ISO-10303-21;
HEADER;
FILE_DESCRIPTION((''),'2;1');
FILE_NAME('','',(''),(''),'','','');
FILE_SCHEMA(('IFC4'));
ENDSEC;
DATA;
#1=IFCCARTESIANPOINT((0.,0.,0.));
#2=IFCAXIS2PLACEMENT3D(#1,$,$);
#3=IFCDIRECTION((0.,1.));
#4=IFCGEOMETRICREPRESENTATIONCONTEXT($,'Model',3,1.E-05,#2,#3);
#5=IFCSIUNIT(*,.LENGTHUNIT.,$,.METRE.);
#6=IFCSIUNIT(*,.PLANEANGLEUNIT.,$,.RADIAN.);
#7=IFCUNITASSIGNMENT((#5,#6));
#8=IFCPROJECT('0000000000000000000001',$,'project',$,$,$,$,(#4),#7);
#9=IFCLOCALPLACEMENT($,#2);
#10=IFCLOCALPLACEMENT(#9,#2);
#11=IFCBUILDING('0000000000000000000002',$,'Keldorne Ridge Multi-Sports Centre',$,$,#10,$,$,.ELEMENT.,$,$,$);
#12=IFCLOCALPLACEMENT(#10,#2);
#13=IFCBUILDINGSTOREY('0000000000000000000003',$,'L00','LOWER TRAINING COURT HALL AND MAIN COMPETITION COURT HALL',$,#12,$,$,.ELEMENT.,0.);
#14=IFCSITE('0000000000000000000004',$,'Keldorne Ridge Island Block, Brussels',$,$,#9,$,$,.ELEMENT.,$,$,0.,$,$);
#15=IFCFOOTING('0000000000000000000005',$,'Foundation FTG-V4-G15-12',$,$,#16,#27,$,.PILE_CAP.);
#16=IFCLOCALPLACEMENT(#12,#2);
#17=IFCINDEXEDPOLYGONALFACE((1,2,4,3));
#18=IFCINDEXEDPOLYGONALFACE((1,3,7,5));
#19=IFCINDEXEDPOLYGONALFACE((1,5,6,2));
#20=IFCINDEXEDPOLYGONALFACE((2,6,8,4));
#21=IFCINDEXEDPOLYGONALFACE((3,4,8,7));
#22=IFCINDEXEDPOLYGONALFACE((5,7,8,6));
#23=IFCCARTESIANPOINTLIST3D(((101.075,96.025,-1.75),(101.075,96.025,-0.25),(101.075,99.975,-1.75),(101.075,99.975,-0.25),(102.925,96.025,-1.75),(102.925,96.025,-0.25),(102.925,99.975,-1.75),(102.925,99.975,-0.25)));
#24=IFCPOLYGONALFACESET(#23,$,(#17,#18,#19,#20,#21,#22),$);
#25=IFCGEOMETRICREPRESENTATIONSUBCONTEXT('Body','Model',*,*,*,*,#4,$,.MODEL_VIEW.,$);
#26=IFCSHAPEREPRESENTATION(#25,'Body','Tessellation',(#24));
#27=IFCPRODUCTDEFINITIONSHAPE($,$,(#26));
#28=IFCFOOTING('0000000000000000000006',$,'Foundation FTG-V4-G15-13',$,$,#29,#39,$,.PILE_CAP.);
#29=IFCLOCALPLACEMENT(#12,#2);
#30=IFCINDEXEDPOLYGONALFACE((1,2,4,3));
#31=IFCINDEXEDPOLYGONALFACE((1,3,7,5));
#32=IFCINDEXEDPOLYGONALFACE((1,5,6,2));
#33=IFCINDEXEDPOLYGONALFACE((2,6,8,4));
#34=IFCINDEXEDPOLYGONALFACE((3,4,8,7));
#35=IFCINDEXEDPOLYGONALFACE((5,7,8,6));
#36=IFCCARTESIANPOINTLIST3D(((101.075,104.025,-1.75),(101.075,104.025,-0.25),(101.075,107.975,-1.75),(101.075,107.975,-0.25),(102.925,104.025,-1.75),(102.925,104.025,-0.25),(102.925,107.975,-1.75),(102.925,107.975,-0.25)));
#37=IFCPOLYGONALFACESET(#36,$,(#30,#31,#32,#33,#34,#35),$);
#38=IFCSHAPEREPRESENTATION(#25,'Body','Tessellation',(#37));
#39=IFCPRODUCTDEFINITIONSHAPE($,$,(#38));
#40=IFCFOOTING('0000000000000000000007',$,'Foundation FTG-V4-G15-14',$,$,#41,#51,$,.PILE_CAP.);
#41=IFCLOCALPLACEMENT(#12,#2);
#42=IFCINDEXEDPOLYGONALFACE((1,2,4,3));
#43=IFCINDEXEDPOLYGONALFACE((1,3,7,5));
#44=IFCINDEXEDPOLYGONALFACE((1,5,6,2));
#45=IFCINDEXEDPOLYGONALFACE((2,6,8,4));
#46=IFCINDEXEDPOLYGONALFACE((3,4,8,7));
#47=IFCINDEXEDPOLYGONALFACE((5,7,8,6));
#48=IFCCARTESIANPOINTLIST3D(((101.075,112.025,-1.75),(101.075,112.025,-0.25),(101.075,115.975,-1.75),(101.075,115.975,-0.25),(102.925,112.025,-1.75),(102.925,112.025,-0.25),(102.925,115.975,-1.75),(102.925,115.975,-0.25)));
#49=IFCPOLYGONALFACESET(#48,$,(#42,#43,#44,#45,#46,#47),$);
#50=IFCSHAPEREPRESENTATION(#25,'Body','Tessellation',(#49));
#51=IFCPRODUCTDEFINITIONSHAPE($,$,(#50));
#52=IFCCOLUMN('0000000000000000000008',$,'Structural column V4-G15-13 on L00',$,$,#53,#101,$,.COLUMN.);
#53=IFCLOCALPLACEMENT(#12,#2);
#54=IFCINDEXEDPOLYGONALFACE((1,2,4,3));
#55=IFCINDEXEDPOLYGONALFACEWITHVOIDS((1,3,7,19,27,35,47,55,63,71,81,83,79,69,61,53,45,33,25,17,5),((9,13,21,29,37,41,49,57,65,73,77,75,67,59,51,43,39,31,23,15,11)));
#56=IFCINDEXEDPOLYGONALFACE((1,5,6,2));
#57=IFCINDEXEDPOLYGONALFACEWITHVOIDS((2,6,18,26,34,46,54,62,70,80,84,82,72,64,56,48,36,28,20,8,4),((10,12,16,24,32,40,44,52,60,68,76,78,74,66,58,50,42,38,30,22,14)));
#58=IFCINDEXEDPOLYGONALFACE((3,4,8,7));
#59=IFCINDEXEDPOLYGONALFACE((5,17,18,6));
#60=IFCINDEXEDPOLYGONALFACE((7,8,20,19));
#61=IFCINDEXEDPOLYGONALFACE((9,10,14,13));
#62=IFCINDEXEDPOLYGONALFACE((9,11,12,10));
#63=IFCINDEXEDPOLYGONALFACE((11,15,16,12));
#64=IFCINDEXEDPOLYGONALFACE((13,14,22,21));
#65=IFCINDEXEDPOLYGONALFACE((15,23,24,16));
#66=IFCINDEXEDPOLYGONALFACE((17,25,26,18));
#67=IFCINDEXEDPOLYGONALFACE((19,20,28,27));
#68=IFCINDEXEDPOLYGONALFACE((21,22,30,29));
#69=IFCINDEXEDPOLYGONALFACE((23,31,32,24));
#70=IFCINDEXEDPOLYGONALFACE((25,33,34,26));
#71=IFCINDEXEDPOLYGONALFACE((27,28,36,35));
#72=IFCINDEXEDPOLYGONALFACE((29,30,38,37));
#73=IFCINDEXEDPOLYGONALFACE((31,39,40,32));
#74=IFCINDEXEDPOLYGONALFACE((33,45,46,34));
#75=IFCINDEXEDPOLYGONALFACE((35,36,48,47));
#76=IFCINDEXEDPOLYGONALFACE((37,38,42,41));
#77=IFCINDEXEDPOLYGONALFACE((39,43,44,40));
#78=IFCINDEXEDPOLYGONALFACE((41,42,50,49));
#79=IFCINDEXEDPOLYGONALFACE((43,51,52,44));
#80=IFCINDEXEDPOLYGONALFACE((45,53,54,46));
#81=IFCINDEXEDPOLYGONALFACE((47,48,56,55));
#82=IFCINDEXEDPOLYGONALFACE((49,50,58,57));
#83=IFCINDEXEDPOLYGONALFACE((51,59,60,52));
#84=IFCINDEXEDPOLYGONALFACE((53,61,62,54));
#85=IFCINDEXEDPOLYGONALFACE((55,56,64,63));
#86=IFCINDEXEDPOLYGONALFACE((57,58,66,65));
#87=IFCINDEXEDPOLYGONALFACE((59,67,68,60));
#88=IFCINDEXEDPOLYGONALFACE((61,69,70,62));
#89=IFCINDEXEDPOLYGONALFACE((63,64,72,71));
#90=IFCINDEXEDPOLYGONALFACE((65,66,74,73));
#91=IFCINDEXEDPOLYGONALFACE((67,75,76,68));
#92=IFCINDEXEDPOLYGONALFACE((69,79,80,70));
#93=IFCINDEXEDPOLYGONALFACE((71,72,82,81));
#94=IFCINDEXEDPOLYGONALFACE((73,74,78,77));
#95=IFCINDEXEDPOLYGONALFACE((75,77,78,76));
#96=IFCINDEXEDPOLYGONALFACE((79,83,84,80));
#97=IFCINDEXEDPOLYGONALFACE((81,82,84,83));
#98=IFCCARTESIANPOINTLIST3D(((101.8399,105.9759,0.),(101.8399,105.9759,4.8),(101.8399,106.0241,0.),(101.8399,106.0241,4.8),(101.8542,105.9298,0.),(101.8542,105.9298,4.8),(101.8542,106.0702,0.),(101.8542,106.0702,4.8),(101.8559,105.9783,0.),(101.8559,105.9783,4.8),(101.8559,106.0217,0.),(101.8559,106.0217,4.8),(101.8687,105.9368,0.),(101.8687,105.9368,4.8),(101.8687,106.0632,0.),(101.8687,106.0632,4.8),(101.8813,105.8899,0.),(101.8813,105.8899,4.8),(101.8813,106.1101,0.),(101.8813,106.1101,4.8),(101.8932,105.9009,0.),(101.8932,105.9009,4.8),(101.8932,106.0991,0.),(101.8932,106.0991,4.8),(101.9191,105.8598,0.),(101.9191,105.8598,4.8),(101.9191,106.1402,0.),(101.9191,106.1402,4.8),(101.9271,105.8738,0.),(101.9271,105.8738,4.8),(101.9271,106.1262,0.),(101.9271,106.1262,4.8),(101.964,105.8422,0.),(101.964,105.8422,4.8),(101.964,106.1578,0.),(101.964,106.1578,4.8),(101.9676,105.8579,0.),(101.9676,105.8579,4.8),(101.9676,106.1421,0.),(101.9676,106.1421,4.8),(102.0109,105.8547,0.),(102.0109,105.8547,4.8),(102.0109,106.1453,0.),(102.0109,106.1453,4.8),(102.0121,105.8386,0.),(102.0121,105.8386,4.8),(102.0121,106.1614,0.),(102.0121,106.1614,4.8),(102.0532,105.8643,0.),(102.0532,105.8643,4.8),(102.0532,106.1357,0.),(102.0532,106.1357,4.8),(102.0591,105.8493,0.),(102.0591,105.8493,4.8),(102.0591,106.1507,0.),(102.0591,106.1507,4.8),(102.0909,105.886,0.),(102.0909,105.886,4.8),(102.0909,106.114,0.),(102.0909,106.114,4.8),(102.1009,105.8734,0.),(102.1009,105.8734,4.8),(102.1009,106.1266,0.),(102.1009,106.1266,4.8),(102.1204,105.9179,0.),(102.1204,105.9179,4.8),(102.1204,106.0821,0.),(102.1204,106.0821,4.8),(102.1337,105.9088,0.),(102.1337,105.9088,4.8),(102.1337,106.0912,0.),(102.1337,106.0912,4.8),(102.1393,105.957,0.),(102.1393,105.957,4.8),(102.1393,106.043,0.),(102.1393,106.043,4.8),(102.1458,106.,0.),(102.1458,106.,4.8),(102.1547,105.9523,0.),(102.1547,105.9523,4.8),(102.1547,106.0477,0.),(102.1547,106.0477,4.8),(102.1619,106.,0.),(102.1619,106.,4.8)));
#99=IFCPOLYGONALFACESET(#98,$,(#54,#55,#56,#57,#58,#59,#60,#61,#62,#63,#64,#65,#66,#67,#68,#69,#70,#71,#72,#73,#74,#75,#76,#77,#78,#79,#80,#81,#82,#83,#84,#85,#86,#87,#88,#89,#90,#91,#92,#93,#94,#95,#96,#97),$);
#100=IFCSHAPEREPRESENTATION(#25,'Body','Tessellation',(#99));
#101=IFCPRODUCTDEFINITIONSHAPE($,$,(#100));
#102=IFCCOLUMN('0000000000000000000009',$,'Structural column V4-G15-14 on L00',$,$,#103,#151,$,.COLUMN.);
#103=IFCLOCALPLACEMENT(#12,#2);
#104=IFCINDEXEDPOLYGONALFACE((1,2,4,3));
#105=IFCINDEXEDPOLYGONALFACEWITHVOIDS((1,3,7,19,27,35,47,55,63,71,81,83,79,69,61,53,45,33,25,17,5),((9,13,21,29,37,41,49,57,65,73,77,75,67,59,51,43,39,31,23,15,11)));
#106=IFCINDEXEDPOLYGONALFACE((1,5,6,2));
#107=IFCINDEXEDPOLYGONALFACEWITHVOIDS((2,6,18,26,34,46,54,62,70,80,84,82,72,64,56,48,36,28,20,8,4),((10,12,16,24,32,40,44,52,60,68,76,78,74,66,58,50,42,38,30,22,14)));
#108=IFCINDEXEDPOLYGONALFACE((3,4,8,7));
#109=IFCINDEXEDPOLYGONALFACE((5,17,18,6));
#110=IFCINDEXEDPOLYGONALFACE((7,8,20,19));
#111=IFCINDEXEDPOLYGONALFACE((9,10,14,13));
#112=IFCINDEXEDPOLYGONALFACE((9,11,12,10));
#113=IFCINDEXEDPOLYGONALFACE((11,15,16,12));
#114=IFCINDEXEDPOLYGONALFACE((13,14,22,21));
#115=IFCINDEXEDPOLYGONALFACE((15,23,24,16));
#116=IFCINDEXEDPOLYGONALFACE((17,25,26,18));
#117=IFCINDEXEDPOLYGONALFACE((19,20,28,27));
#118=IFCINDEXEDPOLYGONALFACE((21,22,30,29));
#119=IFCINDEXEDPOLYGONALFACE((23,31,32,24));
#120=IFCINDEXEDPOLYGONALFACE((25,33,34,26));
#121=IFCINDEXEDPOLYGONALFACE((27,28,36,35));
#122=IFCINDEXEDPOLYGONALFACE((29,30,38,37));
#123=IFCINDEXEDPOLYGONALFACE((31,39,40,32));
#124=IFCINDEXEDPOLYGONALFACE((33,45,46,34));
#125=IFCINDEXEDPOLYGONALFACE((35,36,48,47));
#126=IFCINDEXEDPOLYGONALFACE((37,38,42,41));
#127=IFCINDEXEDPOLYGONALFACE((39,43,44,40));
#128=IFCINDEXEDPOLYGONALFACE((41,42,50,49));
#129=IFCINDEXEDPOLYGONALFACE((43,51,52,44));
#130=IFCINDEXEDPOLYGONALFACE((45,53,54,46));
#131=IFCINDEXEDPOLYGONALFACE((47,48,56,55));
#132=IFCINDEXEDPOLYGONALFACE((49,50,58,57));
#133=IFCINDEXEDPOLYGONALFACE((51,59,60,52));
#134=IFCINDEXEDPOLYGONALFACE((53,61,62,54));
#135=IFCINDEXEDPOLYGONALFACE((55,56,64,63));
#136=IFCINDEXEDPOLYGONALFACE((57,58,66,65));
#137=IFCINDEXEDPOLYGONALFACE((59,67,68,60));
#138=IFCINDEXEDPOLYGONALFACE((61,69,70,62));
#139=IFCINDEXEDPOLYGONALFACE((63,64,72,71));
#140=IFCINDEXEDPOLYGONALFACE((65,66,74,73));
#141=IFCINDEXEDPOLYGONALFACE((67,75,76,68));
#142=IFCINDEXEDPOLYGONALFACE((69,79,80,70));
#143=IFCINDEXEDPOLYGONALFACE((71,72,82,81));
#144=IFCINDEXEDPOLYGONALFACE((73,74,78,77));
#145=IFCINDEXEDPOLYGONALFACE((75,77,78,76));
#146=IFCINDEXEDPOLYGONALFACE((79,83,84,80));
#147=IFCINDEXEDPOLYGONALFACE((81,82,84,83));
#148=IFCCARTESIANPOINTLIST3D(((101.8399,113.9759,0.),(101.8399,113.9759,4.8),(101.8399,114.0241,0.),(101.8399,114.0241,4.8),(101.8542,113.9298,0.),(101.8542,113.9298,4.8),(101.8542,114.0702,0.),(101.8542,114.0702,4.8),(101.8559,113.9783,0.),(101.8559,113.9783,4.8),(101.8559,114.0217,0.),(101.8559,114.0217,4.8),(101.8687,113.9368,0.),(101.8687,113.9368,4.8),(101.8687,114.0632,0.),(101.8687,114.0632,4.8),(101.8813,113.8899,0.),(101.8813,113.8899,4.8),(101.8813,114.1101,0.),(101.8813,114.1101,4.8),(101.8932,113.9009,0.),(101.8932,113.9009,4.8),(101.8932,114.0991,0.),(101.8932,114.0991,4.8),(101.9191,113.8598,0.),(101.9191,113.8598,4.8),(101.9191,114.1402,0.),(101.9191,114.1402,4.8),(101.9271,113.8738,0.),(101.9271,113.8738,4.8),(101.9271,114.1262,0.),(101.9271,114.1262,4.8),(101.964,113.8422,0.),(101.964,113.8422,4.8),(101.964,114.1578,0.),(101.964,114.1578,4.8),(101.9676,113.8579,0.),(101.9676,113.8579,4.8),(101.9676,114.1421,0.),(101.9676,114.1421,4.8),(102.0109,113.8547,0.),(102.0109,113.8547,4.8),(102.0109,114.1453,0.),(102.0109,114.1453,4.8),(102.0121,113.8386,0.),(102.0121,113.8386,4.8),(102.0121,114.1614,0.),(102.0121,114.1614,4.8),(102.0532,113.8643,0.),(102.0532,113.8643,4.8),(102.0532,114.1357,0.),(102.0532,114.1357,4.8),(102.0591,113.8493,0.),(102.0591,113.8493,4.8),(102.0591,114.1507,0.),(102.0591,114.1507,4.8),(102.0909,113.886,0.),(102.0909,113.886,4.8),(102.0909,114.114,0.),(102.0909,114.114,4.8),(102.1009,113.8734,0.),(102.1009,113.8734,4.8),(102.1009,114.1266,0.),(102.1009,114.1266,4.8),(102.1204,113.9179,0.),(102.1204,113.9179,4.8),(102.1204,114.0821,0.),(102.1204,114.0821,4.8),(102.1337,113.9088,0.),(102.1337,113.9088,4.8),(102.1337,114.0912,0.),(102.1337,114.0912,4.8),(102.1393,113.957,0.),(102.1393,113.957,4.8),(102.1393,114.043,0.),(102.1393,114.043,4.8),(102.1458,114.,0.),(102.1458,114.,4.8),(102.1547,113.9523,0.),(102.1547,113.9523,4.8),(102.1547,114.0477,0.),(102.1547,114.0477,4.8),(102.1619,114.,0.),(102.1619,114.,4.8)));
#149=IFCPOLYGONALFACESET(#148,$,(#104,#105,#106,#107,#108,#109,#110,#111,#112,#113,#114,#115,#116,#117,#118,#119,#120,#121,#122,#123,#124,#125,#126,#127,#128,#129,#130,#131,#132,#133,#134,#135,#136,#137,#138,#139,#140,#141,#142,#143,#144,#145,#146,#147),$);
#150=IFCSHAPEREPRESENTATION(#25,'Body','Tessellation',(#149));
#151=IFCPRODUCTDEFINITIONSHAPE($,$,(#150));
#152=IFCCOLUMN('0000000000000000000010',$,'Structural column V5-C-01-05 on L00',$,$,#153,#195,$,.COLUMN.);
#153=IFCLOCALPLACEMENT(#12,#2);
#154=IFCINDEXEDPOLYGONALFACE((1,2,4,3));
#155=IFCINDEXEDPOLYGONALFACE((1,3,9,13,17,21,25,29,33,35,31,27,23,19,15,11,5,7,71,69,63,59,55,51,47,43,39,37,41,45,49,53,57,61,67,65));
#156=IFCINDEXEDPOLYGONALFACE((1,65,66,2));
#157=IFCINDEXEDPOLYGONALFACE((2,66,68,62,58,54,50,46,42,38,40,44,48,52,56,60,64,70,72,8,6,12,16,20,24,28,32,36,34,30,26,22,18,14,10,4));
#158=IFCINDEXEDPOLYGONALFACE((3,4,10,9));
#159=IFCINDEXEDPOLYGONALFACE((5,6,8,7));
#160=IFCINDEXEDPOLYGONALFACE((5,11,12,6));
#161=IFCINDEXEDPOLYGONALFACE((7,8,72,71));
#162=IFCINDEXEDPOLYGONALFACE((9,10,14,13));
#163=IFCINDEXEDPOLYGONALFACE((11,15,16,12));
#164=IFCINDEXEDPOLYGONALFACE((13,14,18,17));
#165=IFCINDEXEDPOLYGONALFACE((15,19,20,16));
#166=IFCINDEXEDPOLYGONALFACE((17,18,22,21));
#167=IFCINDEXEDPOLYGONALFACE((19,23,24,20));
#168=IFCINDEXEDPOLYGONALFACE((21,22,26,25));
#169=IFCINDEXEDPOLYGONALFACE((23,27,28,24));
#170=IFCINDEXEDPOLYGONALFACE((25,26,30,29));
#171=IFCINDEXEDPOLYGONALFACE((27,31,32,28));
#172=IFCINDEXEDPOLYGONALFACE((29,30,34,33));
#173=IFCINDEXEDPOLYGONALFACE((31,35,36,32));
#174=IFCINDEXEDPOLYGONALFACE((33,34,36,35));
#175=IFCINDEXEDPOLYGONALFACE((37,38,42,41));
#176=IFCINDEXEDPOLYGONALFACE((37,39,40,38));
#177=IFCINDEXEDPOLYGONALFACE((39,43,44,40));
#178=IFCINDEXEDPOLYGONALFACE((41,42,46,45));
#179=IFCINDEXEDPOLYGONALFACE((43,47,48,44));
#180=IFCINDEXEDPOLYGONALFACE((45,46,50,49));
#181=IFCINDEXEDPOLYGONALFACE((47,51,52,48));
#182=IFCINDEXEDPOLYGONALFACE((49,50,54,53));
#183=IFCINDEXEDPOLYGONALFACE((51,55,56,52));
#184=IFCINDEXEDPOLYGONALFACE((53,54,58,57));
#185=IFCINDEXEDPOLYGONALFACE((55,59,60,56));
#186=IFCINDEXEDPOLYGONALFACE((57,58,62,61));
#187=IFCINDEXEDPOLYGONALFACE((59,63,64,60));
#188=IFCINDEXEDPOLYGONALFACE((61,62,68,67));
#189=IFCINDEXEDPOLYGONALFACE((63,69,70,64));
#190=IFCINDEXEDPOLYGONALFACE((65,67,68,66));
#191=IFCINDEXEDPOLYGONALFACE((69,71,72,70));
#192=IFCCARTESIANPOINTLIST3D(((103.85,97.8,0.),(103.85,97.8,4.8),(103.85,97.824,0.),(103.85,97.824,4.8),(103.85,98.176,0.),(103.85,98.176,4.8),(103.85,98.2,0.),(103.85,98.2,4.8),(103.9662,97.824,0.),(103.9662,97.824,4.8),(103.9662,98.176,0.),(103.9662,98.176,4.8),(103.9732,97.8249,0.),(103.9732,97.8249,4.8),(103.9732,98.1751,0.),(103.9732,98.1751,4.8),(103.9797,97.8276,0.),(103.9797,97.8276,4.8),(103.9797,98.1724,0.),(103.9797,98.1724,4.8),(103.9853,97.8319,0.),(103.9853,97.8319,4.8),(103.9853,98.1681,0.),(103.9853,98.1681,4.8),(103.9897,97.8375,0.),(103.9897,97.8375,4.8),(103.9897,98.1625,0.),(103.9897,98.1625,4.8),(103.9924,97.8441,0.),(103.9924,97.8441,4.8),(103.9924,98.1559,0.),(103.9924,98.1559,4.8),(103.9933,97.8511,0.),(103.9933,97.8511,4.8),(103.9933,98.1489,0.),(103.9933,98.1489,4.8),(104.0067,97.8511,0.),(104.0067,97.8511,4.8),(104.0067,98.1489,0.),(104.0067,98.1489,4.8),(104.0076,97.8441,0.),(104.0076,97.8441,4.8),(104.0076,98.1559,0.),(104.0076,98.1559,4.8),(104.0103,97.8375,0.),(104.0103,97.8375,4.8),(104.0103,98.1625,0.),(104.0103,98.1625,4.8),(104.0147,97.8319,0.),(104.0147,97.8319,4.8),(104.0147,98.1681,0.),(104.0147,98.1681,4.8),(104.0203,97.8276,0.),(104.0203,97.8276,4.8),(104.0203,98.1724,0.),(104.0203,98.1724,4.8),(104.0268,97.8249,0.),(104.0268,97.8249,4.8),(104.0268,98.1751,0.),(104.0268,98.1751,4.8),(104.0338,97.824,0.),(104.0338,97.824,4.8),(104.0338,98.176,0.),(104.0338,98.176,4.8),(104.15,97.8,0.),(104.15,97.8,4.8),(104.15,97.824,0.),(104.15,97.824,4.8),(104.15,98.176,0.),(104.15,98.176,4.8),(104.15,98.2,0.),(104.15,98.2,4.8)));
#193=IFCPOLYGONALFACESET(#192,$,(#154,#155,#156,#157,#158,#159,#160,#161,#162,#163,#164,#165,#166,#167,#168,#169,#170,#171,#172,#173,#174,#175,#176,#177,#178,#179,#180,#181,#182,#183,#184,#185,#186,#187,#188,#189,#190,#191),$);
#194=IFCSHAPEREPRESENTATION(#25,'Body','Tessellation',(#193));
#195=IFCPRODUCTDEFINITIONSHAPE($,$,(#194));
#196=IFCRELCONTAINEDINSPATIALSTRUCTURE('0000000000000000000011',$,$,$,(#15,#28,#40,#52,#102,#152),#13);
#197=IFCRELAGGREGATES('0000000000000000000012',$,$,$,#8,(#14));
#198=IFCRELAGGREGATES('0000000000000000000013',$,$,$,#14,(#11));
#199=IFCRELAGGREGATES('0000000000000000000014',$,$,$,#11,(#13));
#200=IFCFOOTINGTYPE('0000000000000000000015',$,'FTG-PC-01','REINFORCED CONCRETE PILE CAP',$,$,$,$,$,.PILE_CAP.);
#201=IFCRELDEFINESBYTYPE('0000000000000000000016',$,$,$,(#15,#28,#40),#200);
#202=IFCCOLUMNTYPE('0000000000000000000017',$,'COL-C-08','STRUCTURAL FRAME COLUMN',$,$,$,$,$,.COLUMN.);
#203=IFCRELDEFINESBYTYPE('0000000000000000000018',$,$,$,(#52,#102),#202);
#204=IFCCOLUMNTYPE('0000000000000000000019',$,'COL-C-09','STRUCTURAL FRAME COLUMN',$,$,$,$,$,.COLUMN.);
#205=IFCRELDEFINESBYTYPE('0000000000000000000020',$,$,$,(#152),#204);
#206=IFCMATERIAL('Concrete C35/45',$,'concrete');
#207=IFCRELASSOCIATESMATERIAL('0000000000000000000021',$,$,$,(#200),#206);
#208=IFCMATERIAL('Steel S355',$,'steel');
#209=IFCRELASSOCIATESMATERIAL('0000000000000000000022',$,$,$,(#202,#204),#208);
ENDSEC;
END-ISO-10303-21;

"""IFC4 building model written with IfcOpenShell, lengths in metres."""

from ifc_helpers import new_model, si_unit, direction, frame, origin, origin_2d, place, context, subcontext, project, spatial, rectangle, hollow_circle, i_section, extrude, material, material_profile, profile_set, type_object, element, save


model = new_model("IFC4")

# Units and contexts
model_context = context("Model", 3, precision=1e-05, world=origin(), true_north=direction((0.0, 1.0)))
body_context = subcontext(model_context, "Body", "Model", "MODEL_VIEW")
ifc_project = project(units=[si_unit("LENGTHUNIT", "METRE"), si_unit("PLANEANGLEUNIT", "RADIAN")], contexts=[model_context])

# Site, building, storey
site_placement = place(None, origin())
site = spatial("IfcSite", under=ifc_project, at=site_placement, Name="Keldorne Ridge Island Block, Brussels", CompositionType="ELEMENT", RefElevation=0.0)
building_placement = place(site_placement, origin())
building = spatial("IfcBuilding", under=site, at=building_placement, Name="Keldorne Ridge Multi-Sports Centre", CompositionType="ELEMENT")
storey_placement = place(building_placement, origin())
storey = spatial("IfcBuildingStorey", under=building, at=storey_placement, Name="L00", Description="LOWER TRAINING COURT HALL AND MAIN COMPETITION COURT HALL", CompositionType="ELEMENT", Elevation=0.0)

# Footings
ifc_material_1 = material(Name="Concrete C35/45", Category="concrete")
footing_type = type_object("IfcFootingType", Name="FTG-PC-01", Description="REINFORCED CONCRETE PILE CAP", PredefinedType="PILE_CAP", material=ifc_material_1)
for number, where, z_axis, x_axis, name in (
    (1, (102.0, 98.0, -1.75), (0.0, 0.0, 1.0), (1.0, 0.0, 0.0), "Foundation FTG-V4-G15-12"),
    (2, (102.0, 106.0, -1.75), (0.0, 0.0, 1.0), (1.0, 0.0, 0.0), "Foundation FTG-V4-G15-13"),
    (3, (102.0, 114.0, -1.75), (0.0, 0.0, 1.0), (1.0, 0.0, 0.0), "Foundation FTG-V4-G15-14"),
):
    element("IfcFooting", number, at=place(storey_placement, frame(where, z_axis=z_axis, x_axis=x_axis)), inside=storey, type_object=footing_type, Name=name, PredefinedType="PILE_CAP", context=body_context, shape_type="SweptSolid", body=[
        extrude(rectangle(XDim=1.8501, YDim=3.95, at=origin_2d()), origin(), (0.0, 0.0, 1.0), 1.5),
    ])

# Columns
ifc_material_2 = material(Name="Steel S355", Category="steel")
ifc_material_profile_1 = material_profile(ifc_material_2, hollow_circle(Radius=0.1619, WallThickness=0.0161, at=origin_2d()), Name="CHS 323.9x16")
ifc_profile_set_1 = profile_set([ifc_material_profile_1], Name="Steel S355")
column_type_1 = type_object("IfcColumnType", Name="COL-C-08", Description="STRUCTURAL FRAME COLUMN", PredefinedType="COLUMN", material=ifc_profile_set_1)
for number, where, z_axis, x_axis, name in (
    (4, (102.0, 106.0, 0.0), (0.0, 0.0, 1.0), (1.0, 0.0, 0.0), "Structural column V4-G15-13 on L00"),
    (5, (102.0, 114.0, 0.0), (0.0, 0.0, 1.0), (1.0, 0.0, 0.0), "Structural column V4-G15-14 on L00"),
):
    element("IfcColumn", number, at=place(storey_placement, frame(where, z_axis=z_axis, x_axis=x_axis)), inside=storey, type_object=column_type_1, Name=name, PredefinedType="COLUMN", context=body_context, shape_type="SweptSolid", body=[
        extrude(hollow_circle(Radius=0.1619, WallThickness=0.0161, at=origin_2d()), origin(), (0.0, 0.0, 1.0), 4.8),
    ])
ifc_material_profile_2 = material_profile(ifc_material_2, i_section(OverallWidth=0.3, OverallDepth=0.3999, WebThickness=0.0134, FlangeThickness=0.0239, FilletRadius=0.0271, at=origin_2d()), Name="HEB 400")
ifc_profile_set_2 = profile_set([ifc_material_profile_2], Name="Steel S355")
column_type_2 = type_object("IfcColumnType", Name="COL-C-09", Description="STRUCTURAL FRAME COLUMN", PredefinedType="COLUMN", material=ifc_profile_set_2)
for number, where, z_axis, x_axis, name in (
    (6, (104.0, 98.0, 0.0), (0.0, 0.0, 1.0), (1.0, 0.0, 0.0), "Structural column V5-C-01-05 on L00"),
):
    element("IfcColumn", number, at=place(storey_placement, frame(where, z_axis=z_axis, x_axis=x_axis)), inside=storey, type_object=column_type_2, Name=name, PredefinedType="COLUMN", context=body_context, shape_type="SweptSolid", body=[
        extrude(i_section(OverallWidth=0.3, OverallDepth=0.3999, WebThickness=0.0134, FlangeThickness=0.0239, FilletRadius=0.0271, at=origin_2d()), origin(), (0.0, 0.0, 1.0), 4.8),
    ])

save(model, "model.ifc")
